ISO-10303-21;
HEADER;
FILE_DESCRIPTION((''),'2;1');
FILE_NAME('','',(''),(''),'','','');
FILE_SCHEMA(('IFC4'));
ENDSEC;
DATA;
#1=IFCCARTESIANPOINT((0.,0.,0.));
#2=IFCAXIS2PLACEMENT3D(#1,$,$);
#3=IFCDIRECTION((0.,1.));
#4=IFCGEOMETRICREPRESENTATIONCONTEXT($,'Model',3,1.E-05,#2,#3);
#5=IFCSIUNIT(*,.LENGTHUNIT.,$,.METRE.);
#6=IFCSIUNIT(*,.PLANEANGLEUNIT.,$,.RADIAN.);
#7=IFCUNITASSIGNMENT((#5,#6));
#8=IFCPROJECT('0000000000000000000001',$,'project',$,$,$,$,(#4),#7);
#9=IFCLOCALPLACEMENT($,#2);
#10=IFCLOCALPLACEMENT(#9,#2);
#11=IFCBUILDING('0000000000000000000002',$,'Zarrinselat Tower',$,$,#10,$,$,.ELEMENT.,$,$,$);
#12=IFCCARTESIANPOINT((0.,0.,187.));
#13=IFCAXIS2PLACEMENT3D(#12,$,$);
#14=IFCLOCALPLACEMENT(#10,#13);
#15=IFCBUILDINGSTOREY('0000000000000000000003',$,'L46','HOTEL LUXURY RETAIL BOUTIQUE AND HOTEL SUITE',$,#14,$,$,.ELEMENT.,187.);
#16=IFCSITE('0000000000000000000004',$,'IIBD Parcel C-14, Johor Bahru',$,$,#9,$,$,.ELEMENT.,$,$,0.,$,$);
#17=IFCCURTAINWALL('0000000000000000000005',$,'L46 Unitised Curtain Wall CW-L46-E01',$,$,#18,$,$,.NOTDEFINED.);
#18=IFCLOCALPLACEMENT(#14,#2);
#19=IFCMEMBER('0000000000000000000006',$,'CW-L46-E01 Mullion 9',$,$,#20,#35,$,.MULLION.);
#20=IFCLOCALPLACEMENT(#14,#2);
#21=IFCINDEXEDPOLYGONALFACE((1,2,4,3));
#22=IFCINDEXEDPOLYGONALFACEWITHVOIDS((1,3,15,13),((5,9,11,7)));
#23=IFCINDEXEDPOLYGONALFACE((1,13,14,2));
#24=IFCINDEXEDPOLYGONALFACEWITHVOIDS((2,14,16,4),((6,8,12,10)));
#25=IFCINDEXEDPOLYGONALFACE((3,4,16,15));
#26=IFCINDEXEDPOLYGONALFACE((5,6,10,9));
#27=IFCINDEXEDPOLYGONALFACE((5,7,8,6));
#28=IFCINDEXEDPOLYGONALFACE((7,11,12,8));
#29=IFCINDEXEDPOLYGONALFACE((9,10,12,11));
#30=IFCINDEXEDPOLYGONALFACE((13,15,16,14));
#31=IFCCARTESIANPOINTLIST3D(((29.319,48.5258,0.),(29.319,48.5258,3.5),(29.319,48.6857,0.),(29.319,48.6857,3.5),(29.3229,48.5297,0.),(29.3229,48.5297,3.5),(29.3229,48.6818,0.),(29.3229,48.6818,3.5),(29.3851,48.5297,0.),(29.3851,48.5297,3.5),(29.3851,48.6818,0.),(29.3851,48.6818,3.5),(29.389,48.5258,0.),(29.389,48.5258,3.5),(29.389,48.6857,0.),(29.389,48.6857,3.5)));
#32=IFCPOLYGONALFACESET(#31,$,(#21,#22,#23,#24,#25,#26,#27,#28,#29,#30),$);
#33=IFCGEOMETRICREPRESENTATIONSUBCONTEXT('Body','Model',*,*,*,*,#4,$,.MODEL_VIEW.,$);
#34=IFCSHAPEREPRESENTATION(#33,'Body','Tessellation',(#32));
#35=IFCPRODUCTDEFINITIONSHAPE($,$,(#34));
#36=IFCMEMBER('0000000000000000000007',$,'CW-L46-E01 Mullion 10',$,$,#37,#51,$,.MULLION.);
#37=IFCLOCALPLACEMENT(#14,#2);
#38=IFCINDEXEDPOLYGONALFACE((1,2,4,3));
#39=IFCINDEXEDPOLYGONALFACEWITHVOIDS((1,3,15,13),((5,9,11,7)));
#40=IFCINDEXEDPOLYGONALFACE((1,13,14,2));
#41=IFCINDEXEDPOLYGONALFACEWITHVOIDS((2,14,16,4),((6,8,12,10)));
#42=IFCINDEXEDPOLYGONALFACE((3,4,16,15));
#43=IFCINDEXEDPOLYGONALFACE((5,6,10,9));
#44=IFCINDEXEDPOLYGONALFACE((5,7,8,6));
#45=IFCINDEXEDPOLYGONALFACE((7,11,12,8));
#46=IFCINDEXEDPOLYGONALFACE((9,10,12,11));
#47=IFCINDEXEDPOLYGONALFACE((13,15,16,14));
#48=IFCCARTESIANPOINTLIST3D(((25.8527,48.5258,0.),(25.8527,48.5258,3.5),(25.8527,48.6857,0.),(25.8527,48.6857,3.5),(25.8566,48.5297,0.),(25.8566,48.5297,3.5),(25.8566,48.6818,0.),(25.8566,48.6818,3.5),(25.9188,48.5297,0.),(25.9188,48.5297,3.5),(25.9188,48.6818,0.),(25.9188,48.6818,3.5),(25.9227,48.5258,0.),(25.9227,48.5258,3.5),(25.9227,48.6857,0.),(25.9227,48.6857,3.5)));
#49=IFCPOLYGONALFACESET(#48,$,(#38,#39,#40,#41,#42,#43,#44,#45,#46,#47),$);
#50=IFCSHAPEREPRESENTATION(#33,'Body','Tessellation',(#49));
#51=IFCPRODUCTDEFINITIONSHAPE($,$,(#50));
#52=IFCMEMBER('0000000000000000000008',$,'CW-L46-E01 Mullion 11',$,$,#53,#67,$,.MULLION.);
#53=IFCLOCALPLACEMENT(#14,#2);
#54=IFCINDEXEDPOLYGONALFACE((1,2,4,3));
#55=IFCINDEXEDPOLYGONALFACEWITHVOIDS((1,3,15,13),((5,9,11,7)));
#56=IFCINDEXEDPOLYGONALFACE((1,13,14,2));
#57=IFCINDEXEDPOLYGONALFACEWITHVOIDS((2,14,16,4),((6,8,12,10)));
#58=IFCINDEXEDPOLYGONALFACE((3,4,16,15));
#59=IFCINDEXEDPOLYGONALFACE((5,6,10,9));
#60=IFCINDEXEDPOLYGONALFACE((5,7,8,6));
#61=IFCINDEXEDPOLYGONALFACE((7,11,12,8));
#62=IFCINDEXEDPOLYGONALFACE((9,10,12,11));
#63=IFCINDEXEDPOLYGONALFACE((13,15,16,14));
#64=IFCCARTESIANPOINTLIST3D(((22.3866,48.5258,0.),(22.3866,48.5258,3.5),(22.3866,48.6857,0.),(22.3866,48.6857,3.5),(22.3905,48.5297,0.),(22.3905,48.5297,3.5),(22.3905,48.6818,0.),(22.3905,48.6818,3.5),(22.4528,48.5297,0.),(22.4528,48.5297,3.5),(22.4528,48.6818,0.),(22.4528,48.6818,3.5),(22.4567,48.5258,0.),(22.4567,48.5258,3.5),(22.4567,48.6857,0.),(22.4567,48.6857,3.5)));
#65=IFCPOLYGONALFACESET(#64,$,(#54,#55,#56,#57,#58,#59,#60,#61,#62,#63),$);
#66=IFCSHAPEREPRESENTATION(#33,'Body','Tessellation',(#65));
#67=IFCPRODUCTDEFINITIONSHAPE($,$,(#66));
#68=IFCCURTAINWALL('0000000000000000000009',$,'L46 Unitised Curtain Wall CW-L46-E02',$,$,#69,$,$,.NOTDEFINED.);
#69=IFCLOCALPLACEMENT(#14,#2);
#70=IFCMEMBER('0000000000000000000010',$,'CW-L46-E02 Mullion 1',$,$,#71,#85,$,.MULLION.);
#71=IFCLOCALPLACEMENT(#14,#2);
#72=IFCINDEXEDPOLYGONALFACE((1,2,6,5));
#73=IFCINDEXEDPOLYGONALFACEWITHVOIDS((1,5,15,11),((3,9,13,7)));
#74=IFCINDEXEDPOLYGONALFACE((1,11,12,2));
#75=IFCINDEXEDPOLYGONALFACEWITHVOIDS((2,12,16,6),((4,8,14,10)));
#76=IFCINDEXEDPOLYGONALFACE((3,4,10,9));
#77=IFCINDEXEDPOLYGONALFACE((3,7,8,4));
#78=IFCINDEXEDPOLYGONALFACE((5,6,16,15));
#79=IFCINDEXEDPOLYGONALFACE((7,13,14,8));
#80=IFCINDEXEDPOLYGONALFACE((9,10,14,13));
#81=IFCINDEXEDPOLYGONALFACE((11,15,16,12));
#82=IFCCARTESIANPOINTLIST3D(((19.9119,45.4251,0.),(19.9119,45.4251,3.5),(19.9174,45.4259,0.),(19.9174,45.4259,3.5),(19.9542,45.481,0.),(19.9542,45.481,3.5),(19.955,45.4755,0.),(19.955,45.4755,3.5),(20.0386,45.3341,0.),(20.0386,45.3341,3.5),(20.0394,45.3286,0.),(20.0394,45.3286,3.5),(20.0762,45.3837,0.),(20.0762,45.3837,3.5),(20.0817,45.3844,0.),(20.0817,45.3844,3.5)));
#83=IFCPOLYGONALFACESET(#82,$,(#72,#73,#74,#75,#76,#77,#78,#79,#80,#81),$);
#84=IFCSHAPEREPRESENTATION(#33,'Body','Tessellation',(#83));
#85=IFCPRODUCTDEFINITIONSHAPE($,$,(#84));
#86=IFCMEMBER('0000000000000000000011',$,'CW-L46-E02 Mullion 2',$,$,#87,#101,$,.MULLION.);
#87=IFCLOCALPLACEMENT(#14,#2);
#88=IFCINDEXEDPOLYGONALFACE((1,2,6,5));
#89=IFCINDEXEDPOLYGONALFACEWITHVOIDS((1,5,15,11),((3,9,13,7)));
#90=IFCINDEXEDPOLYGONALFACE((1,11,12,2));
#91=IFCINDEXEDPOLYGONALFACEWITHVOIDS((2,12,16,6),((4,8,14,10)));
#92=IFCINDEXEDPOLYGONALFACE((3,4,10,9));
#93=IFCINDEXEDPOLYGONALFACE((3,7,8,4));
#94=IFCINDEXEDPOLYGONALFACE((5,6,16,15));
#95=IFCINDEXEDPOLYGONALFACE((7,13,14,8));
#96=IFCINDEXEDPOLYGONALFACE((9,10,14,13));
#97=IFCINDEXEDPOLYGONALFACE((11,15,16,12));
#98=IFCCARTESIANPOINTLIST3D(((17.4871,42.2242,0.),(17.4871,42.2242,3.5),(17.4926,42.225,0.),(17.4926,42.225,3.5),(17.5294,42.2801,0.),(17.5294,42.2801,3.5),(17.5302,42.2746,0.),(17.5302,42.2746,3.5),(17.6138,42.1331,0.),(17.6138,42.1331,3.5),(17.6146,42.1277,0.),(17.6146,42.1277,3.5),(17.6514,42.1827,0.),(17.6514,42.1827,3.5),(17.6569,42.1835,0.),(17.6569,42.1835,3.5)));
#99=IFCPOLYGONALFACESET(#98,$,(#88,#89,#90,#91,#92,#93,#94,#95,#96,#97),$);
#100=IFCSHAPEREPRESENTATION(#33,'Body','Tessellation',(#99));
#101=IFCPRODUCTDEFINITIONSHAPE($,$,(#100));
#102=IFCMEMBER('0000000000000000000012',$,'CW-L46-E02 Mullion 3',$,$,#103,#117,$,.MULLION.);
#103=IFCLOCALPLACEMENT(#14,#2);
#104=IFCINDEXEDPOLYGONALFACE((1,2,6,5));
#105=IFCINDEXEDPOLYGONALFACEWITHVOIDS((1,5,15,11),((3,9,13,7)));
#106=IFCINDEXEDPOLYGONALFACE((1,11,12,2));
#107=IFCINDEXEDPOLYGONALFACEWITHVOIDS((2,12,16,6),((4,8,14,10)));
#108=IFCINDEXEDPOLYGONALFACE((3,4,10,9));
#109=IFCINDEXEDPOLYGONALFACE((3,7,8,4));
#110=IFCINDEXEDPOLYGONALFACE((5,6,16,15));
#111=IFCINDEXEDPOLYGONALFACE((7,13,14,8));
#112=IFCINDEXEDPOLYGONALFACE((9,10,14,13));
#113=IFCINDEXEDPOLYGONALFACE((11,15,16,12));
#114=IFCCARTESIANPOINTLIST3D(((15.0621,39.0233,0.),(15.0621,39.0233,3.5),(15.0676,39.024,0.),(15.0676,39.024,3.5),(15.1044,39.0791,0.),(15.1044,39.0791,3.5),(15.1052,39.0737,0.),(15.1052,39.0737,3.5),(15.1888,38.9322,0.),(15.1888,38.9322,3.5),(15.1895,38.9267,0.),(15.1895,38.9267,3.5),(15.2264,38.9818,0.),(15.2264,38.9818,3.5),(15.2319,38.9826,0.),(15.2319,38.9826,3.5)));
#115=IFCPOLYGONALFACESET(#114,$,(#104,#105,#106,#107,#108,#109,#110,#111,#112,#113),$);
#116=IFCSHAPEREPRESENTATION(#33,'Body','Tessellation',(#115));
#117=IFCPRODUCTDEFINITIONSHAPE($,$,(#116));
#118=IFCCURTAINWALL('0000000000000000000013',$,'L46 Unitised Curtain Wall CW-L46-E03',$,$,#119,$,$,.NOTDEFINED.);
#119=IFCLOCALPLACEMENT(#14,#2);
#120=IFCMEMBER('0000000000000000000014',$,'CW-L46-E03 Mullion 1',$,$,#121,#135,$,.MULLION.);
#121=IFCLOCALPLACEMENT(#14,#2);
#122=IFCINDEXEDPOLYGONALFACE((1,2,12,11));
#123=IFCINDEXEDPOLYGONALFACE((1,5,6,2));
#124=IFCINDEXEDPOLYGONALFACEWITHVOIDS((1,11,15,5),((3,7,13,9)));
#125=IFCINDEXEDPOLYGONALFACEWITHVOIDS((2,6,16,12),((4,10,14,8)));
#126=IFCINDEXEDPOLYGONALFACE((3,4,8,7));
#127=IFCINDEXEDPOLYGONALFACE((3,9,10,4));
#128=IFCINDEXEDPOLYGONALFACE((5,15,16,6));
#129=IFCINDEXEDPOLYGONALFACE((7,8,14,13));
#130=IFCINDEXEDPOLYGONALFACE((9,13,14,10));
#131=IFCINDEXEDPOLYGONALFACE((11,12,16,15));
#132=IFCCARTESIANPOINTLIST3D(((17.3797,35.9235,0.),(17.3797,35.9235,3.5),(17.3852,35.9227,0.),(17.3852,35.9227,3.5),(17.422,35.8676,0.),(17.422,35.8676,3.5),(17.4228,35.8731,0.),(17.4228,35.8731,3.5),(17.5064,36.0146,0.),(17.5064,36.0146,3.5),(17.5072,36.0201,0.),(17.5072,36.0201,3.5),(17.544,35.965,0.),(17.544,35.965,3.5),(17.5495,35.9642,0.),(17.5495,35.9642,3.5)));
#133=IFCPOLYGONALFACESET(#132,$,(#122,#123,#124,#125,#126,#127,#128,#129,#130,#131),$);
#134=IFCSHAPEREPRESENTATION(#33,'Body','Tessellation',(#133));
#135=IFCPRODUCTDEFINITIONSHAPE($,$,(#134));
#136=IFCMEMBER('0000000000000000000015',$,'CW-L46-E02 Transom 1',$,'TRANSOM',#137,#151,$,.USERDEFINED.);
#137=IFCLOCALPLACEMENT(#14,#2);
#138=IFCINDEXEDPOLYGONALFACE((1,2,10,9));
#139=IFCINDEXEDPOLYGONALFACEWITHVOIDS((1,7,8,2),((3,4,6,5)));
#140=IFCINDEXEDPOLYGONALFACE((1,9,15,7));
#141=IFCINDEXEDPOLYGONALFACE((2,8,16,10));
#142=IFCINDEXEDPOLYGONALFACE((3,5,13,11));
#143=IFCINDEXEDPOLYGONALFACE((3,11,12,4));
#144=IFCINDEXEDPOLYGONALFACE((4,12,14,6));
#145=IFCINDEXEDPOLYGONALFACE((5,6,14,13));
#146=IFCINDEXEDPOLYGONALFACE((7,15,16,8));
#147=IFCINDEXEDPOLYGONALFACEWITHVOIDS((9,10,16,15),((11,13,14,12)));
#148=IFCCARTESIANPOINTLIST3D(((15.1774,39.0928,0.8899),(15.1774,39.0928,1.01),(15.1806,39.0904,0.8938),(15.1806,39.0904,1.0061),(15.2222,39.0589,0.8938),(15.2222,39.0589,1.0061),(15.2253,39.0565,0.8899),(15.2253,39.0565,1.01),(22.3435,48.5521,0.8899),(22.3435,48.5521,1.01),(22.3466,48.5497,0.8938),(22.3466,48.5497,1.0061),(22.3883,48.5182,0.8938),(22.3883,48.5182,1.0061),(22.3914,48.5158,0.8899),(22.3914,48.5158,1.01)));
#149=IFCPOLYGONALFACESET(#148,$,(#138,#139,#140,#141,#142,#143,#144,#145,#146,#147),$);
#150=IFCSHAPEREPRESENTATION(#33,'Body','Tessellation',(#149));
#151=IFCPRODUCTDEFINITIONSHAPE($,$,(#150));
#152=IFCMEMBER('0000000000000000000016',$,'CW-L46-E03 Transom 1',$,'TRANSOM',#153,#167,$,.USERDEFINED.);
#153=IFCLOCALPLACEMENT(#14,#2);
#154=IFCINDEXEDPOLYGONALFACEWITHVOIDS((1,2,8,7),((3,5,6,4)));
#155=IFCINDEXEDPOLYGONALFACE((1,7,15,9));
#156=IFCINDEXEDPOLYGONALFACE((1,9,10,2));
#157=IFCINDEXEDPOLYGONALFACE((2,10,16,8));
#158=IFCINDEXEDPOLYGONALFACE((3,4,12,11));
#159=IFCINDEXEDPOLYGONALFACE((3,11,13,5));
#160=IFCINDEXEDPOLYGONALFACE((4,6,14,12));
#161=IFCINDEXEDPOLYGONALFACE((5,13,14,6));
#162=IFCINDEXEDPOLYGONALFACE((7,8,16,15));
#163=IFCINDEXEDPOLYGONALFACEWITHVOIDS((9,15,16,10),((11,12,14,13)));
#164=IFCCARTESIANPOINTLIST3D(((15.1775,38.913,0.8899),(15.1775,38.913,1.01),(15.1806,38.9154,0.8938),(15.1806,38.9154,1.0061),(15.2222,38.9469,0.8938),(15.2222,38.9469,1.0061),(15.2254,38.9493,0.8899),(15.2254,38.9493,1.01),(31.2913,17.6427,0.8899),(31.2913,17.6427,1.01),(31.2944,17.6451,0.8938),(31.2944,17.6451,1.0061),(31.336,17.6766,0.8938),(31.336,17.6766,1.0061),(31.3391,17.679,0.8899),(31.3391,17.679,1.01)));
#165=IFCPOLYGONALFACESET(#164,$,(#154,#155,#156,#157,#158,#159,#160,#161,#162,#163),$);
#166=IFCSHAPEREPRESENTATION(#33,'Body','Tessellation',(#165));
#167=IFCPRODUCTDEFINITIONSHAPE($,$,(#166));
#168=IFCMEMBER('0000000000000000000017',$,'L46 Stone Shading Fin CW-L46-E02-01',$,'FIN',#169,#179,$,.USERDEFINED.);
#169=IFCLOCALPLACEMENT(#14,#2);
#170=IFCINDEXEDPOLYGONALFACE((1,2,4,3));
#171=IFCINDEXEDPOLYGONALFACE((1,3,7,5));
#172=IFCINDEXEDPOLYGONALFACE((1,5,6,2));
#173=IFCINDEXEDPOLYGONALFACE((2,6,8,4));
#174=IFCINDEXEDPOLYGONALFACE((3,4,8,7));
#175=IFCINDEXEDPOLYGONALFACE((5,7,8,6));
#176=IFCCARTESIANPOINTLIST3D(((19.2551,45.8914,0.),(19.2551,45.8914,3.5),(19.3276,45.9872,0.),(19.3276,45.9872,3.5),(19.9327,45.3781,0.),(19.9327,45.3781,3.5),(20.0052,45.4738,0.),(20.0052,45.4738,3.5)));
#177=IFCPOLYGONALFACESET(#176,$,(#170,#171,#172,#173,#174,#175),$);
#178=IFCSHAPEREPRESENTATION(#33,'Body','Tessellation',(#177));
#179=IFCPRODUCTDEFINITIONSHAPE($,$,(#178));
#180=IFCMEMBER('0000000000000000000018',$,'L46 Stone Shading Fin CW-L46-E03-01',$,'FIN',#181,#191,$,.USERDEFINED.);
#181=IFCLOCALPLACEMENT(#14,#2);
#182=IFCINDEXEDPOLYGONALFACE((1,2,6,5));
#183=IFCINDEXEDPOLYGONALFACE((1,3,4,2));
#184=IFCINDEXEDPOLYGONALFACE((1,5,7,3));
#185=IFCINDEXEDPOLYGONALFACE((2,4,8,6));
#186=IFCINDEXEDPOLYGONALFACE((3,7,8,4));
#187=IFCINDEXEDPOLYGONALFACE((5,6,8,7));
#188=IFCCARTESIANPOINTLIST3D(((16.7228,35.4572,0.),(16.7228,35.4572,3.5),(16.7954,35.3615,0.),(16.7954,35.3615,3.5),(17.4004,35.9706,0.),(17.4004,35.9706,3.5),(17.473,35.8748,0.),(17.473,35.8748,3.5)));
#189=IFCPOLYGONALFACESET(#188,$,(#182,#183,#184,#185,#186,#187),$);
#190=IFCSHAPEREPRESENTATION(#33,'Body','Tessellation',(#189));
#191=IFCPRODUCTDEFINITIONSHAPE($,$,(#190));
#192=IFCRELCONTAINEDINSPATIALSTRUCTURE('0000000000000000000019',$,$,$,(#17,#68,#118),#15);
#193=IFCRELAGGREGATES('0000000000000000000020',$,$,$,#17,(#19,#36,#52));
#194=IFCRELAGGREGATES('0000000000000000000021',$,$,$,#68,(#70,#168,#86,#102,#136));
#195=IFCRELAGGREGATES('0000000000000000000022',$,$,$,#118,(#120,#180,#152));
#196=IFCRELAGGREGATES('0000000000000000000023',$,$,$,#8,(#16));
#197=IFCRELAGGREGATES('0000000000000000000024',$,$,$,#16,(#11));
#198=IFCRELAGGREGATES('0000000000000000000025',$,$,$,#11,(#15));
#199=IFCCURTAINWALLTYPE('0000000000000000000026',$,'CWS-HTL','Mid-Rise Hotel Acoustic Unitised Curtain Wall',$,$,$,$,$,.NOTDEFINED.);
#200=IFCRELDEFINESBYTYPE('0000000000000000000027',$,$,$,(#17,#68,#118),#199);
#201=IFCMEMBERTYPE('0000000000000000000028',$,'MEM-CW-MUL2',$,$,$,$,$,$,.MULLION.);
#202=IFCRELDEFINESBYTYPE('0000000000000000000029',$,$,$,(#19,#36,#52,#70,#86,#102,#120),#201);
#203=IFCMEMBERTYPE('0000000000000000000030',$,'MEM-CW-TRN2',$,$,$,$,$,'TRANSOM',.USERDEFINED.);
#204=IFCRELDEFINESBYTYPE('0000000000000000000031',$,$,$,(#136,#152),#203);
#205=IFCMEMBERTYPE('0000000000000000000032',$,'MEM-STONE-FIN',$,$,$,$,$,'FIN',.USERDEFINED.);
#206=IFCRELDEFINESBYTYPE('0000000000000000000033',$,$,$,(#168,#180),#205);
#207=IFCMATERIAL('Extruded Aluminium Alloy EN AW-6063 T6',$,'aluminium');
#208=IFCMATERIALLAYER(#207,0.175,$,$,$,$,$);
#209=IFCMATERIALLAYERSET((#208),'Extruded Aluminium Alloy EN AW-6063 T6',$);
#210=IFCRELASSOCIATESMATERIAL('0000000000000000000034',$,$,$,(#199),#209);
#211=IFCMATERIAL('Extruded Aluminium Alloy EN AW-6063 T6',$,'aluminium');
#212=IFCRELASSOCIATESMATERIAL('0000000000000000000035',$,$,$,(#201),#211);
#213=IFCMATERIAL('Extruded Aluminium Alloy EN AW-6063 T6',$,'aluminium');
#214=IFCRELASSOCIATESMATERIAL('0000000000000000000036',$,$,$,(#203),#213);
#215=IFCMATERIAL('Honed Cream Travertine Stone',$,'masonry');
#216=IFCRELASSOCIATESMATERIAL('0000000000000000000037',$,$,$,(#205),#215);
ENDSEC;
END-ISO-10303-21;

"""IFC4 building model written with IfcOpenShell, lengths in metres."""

from ifc_helpers import new_model, si_unit, direction, frame, origin, origin_2d, place, context, subcontext, project, spatial, rectangle, hollow_rectangle, extrude, material, layer, layer_set, material_profile, profile_set, type_object, element, aggregate, save


model = new_model("IFC4")

# Units and contexts
model_context = context("Model", 3, precision=1e-05, world=origin(), true_north=direction((0.0, 1.0)))
body_context = subcontext(model_context, "Body", "Model", "MODEL_VIEW")
ifc_project = project(units=[si_unit("LENGTHUNIT", "METRE"), si_unit("PLANEANGLEUNIT", "RADIAN")], contexts=[model_context])

# Site, building, storey
site_placement = place(None, origin())
site = spatial("IfcSite", under=ifc_project, at=site_placement, Name="IIBD Parcel C-14, Johor Bahru", CompositionType="ELEMENT", RefElevation=0.0)
building_placement = place(site_placement, origin())
building = spatial("IfcBuilding", under=site, at=building_placement, Name="Zarrinselat Tower", CompositionType="ELEMENT")
storey_placement = place(building_placement, frame((0.0, 0.0, 187.0)))
storey = spatial("IfcBuildingStorey", under=building, at=storey_placement, Name="L46", Description="HOTEL LUXURY RETAIL BOUTIQUE AND HOTEL SUITE", CompositionType="ELEMENT", Elevation=187.0)

# Curtain walls, members
ifc_material_1 = material(Name="Extruded Aluminium Alloy EN AW-6063 T6", Category="aluminium")
ifc_layer_1 = layer(ifc_material_1, 0.175)
ifc_layer_set_1 = layer_set([ifc_layer_1], Name="Extruded Aluminium Alloy EN AW-6063 T6")
curtain_wall_type = type_object("IfcCurtainWallType", Name="CWS-HTL", Description="Mid-Rise Hotel Acoustic Unitised Curtain Wall", PredefinedType="NOTDEFINED", material=ifc_layer_set_1)
curtain_wall_1_placement = place(storey_placement, origin())
curtain_wall_1 = element("IfcCurtainWall", 1, at=curtain_wall_1_placement, inside=storey, type_object=curtain_wall_type, Name="L46 Unitised Curtain Wall CW-L46-E01", PredefinedType="NOTDEFINED")
ifc_material_2 = material(Name="Extruded Aluminium Alloy EN AW-6063 T6", Category="aluminium")
ifc_material_profile_1 = material_profile(ifc_material_2, hollow_rectangle(XDim=0.0701, YDim=0.1599, WallThickness=0.0039, at=origin_2d()), Name="RHS 160x70x4")
ifc_profile_set_1 = profile_set([ifc_material_profile_1], Name="Extruded Aluminium Alloy EN AW-6063 T6")
member_type_1 = type_object("IfcMemberType", Name="MEM-CW-MUL2", PredefinedType="MULLION", material=ifc_profile_set_1)
member_1_placement = place(storey_placement, frame((29.354, 48.6057, 0.0), z_axis=(0.0, 0.0, 1.0), x_axis=(-1.0, 0.0, 0.0)))
member_1 = element("IfcMember", 2, at=member_1_placement, type_object=member_type_1, Name="CW-L46-E01 Mullion 9", PredefinedType="MULLION", context=body_context, shape_type="SweptSolid", body=[
    extrude(hollow_rectangle(XDim=0.0701, YDim=0.1599, WallThickness=0.0039, at=origin_2d()), origin(), (0.0, 0.0, 1.0), 3.5),
])
member_2_placement = place(storey_placement, frame((25.8877, 48.6057, 0.0), z_axis=(0.0, 0.0, 1.0), x_axis=(-1.0, 0.0, 0.0)))
member_2 = element("IfcMember", 3, at=member_2_placement, type_object=member_type_1, Name="CW-L46-E01 Mullion 10", PredefinedType="MULLION", context=body_context, shape_type="SweptSolid", body=[
    extrude(hollow_rectangle(XDim=0.0701, YDim=0.1599, WallThickness=0.0039, at=origin_2d()), origin(), (0.0, 0.0, 1.0), 3.5),
])
member_3_placement = place(storey_placement, frame((22.4216, 48.6057, 0.0), z_axis=(0.0, 0.0, 1.0), x_axis=(-1.0, 0.0, 0.0)))
member_3 = element("IfcMember", 4, at=member_3_placement, type_object=member_type_1, Name="CW-L46-E01 Mullion 11", PredefinedType="MULLION", context=body_context, shape_type="SweptSolid", body=[
    extrude(hollow_rectangle(XDim=0.0701, YDim=0.1599, WallThickness=0.0039, at=origin_2d()), origin(), (0.0, 0.0, 1.0), 3.5),
])
curtain_wall_2_placement = place(storey_placement, origin())
curtain_wall_2 = element("IfcCurtainWall", 5, at=curtain_wall_2_placement, inside=storey, type_object=curtain_wall_type, Name="L46 Unitised Curtain Wall CW-L46-E02", PredefinedType="NOTDEFINED")
member_4_placement = place(storey_placement, frame((19.9968, 45.4048, 0.0), z_axis=(0.0, 0.0, 1.0), x_axis=(-0.603854, -0.797095, 0.0)))
member_4 = element("IfcMember", 6, at=member_4_placement, type_object=member_type_1, Name="CW-L46-E02 Mullion 1", PredefinedType="MULLION", context=body_context, shape_type="SweptSolid", body=[
    extrude(hollow_rectangle(XDim=0.0701, YDim=0.1599, WallThickness=0.0039, at=origin_2d()), origin(), (0.0, 0.0, 1.0), 3.5),
])
member_5_placement = place(storey_placement, frame((17.572, 42.2039, 0.0), z_axis=(0.0, 0.0, 1.0), x_axis=(-0.603854, -0.797095, 0.0)))
member_5 = element("IfcMember", 7, at=member_5_placement, type_object=member_type_1, Name="CW-L46-E02 Mullion 2", PredefinedType="MULLION", context=body_context, shape_type="SweptSolid", body=[
    extrude(hollow_rectangle(XDim=0.0701, YDim=0.1599, WallThickness=0.0039, at=origin_2d()), origin(), (0.0, 0.0, 1.0), 3.5),
])
member_6_placement = place(storey_placement, frame((15.147, 39.0029, 0.0), z_axis=(0.0, 0.0, 1.0), x_axis=(-0.603854, -0.797095, 0.0)))
member_6 = element("IfcMember", 8, at=member_6_placement, type_object=member_type_1, Name="CW-L46-E02 Mullion 3", PredefinedType="MULLION", context=body_context, shape_type="SweptSolid", body=[
    extrude(hollow_rectangle(XDim=0.0701, YDim=0.1599, WallThickness=0.0039, at=origin_2d()), origin(), (0.0, 0.0, 1.0), 3.5),
])

# Curtain wall, member
curtain_wall_3_placement = place(storey_placement, origin())
curtain_wall_3 = element("IfcCurtainWall", 9, at=curtain_wall_3_placement, inside=storey, type_object=curtain_wall_type, Name="L46 Unitised Curtain Wall CW-L46-E03", PredefinedType="NOTDEFINED")
member_7_placement = place(storey_placement, frame((17.4646, 35.9438, 0.0), z_axis=(0.0, 0.0, 1.0), x_axis=(0.603857, -0.797093, 0.0)))
member_7 = element("IfcMember", 10, at=member_7_placement, type_object=member_type_1, Name="CW-L46-E03 Mullion 1", PredefinedType="MULLION", context=body_context, shape_type="SweptSolid", body=[
    extrude(hollow_rectangle(XDim=0.0701, YDim=0.1599, WallThickness=0.0039, at=origin_2d()), origin(), (0.0, 0.0, 1.0), 3.5),
])

# Members
ifc_material_3 = material(Name="Extruded Aluminium Alloy EN AW-6063 T6", Category="aluminium")
ifc_material_profile_2 = material_profile(ifc_material_3, hollow_rectangle(XDim=0.0601, YDim=0.1201, WallThickness=0.0039, at=origin_2d()), Name="RHS 120x60x4")
ifc_profile_set_2 = profile_set([ifc_material_profile_2], Name="Extruded Aluminium Alloy EN AW-6063 T6")
member_type_2 = type_object("IfcMemberType", Name="MEM-CW-TRN2", ElementType="TRANSOM", PredefinedType="USERDEFINED", material=ifc_profile_set_2)
member_8_placement = place(storey_placement, frame((22.3674, 48.5339, 0.95), z_axis=(-0.603854, -0.797095, 0.0), x_axis=(0.797095, -0.603854, 0.0)))
member_8 = element("IfcMember", 11, at=member_8_placement, type_object=member_type_2, Name="CW-L46-E02 Transom 1", ObjectType="TRANSOM", PredefinedType="USERDEFINED", context=body_context, shape_type="SweptSolid", body=[
    extrude(hollow_rectangle(XDim=0.0601, YDim=0.1201, WallThickness=0.0039, at=origin_2d()), origin(), (0.0, 0.0, 1.0), 11.8672),
])
member_9_placement = place(storey_placement, frame((15.2014, 38.9312, 0.95), z_axis=(0.603856, -0.797093, 0.0), x_axis=(0.797093, 0.603856, 0.0)))
member_9 = element("IfcMember", 12, at=member_9_placement, type_object=member_type_2, Name="CW-L46-E03 Transom 1", ObjectType="TRANSOM", PredefinedType="USERDEFINED", context=body_context, shape_type="SweptSolid", body=[
    extrude(hollow_rectangle(XDim=0.0601, YDim=0.1201, WallThickness=0.0039, at=origin_2d()), origin(), (0.0, 0.0, 1.0), 26.6848),
])
ifc_material_4 = material(Name="Honed Cream Travertine Stone", Category="masonry")
ifc_material_profile_3 = material_profile(ifc_material_4, rectangle(XDim=0.1201, YDim=0.8501, at=origin_2d()), Name="FIN 850x120")
ifc_profile_set_3 = profile_set([ifc_material_profile_3], Name="Honed Cream Travertine Stone")
member_type_3 = type_object("IfcMemberType", Name="MEM-STONE-FIN", ElementType="FIN", PredefinedType="USERDEFINED", material=ifc_profile_set_3)
member_10_placement = place(storey_placement, frame((19.6301, 45.6826, 0.0), z_axis=(0.0, 0.0, 1.0), x_axis=(0.603854, 0.797095, 0.0)))
member_10 = element("IfcMember", 13, at=member_10_placement, type_object=member_type_3, Name="L46 Stone Shading Fin CW-L46-E02-01", ObjectType="FIN", PredefinedType="USERDEFINED", context=body_context, shape_type="SweptSolid", body=[
    extrude(rectangle(XDim=0.1201, YDim=0.8501, at=origin_2d()), origin(), (0.0, 0.0, 1.0), 3.5),
])
member_11_placement = place(storey_placement, frame((17.0979, 35.666, 0.0), z_axis=(0.0, 0.0, 1.0), x_axis=(-0.603857, 0.797093, 0.0)))
member_11 = element("IfcMember", 14, at=member_11_placement, type_object=member_type_3, Name="L46 Stone Shading Fin CW-L46-E03-01", ObjectType="FIN", PredefinedType="USERDEFINED", context=body_context, shape_type="SweptSolid", body=[
    extrude(rectangle(XDim=0.1201, YDim=0.8501, at=origin_2d()), origin(), (0.0, 0.0, 1.0), 3.5),
])

aggregate(curtain_wall_1, [member_1, member_2, member_3])
aggregate(curtain_wall_2, [member_4, member_10, member_5, member_6, member_8])
aggregate(curtain_wall_3, [member_7, member_11, member_9])

save(model, "model.ifc")
